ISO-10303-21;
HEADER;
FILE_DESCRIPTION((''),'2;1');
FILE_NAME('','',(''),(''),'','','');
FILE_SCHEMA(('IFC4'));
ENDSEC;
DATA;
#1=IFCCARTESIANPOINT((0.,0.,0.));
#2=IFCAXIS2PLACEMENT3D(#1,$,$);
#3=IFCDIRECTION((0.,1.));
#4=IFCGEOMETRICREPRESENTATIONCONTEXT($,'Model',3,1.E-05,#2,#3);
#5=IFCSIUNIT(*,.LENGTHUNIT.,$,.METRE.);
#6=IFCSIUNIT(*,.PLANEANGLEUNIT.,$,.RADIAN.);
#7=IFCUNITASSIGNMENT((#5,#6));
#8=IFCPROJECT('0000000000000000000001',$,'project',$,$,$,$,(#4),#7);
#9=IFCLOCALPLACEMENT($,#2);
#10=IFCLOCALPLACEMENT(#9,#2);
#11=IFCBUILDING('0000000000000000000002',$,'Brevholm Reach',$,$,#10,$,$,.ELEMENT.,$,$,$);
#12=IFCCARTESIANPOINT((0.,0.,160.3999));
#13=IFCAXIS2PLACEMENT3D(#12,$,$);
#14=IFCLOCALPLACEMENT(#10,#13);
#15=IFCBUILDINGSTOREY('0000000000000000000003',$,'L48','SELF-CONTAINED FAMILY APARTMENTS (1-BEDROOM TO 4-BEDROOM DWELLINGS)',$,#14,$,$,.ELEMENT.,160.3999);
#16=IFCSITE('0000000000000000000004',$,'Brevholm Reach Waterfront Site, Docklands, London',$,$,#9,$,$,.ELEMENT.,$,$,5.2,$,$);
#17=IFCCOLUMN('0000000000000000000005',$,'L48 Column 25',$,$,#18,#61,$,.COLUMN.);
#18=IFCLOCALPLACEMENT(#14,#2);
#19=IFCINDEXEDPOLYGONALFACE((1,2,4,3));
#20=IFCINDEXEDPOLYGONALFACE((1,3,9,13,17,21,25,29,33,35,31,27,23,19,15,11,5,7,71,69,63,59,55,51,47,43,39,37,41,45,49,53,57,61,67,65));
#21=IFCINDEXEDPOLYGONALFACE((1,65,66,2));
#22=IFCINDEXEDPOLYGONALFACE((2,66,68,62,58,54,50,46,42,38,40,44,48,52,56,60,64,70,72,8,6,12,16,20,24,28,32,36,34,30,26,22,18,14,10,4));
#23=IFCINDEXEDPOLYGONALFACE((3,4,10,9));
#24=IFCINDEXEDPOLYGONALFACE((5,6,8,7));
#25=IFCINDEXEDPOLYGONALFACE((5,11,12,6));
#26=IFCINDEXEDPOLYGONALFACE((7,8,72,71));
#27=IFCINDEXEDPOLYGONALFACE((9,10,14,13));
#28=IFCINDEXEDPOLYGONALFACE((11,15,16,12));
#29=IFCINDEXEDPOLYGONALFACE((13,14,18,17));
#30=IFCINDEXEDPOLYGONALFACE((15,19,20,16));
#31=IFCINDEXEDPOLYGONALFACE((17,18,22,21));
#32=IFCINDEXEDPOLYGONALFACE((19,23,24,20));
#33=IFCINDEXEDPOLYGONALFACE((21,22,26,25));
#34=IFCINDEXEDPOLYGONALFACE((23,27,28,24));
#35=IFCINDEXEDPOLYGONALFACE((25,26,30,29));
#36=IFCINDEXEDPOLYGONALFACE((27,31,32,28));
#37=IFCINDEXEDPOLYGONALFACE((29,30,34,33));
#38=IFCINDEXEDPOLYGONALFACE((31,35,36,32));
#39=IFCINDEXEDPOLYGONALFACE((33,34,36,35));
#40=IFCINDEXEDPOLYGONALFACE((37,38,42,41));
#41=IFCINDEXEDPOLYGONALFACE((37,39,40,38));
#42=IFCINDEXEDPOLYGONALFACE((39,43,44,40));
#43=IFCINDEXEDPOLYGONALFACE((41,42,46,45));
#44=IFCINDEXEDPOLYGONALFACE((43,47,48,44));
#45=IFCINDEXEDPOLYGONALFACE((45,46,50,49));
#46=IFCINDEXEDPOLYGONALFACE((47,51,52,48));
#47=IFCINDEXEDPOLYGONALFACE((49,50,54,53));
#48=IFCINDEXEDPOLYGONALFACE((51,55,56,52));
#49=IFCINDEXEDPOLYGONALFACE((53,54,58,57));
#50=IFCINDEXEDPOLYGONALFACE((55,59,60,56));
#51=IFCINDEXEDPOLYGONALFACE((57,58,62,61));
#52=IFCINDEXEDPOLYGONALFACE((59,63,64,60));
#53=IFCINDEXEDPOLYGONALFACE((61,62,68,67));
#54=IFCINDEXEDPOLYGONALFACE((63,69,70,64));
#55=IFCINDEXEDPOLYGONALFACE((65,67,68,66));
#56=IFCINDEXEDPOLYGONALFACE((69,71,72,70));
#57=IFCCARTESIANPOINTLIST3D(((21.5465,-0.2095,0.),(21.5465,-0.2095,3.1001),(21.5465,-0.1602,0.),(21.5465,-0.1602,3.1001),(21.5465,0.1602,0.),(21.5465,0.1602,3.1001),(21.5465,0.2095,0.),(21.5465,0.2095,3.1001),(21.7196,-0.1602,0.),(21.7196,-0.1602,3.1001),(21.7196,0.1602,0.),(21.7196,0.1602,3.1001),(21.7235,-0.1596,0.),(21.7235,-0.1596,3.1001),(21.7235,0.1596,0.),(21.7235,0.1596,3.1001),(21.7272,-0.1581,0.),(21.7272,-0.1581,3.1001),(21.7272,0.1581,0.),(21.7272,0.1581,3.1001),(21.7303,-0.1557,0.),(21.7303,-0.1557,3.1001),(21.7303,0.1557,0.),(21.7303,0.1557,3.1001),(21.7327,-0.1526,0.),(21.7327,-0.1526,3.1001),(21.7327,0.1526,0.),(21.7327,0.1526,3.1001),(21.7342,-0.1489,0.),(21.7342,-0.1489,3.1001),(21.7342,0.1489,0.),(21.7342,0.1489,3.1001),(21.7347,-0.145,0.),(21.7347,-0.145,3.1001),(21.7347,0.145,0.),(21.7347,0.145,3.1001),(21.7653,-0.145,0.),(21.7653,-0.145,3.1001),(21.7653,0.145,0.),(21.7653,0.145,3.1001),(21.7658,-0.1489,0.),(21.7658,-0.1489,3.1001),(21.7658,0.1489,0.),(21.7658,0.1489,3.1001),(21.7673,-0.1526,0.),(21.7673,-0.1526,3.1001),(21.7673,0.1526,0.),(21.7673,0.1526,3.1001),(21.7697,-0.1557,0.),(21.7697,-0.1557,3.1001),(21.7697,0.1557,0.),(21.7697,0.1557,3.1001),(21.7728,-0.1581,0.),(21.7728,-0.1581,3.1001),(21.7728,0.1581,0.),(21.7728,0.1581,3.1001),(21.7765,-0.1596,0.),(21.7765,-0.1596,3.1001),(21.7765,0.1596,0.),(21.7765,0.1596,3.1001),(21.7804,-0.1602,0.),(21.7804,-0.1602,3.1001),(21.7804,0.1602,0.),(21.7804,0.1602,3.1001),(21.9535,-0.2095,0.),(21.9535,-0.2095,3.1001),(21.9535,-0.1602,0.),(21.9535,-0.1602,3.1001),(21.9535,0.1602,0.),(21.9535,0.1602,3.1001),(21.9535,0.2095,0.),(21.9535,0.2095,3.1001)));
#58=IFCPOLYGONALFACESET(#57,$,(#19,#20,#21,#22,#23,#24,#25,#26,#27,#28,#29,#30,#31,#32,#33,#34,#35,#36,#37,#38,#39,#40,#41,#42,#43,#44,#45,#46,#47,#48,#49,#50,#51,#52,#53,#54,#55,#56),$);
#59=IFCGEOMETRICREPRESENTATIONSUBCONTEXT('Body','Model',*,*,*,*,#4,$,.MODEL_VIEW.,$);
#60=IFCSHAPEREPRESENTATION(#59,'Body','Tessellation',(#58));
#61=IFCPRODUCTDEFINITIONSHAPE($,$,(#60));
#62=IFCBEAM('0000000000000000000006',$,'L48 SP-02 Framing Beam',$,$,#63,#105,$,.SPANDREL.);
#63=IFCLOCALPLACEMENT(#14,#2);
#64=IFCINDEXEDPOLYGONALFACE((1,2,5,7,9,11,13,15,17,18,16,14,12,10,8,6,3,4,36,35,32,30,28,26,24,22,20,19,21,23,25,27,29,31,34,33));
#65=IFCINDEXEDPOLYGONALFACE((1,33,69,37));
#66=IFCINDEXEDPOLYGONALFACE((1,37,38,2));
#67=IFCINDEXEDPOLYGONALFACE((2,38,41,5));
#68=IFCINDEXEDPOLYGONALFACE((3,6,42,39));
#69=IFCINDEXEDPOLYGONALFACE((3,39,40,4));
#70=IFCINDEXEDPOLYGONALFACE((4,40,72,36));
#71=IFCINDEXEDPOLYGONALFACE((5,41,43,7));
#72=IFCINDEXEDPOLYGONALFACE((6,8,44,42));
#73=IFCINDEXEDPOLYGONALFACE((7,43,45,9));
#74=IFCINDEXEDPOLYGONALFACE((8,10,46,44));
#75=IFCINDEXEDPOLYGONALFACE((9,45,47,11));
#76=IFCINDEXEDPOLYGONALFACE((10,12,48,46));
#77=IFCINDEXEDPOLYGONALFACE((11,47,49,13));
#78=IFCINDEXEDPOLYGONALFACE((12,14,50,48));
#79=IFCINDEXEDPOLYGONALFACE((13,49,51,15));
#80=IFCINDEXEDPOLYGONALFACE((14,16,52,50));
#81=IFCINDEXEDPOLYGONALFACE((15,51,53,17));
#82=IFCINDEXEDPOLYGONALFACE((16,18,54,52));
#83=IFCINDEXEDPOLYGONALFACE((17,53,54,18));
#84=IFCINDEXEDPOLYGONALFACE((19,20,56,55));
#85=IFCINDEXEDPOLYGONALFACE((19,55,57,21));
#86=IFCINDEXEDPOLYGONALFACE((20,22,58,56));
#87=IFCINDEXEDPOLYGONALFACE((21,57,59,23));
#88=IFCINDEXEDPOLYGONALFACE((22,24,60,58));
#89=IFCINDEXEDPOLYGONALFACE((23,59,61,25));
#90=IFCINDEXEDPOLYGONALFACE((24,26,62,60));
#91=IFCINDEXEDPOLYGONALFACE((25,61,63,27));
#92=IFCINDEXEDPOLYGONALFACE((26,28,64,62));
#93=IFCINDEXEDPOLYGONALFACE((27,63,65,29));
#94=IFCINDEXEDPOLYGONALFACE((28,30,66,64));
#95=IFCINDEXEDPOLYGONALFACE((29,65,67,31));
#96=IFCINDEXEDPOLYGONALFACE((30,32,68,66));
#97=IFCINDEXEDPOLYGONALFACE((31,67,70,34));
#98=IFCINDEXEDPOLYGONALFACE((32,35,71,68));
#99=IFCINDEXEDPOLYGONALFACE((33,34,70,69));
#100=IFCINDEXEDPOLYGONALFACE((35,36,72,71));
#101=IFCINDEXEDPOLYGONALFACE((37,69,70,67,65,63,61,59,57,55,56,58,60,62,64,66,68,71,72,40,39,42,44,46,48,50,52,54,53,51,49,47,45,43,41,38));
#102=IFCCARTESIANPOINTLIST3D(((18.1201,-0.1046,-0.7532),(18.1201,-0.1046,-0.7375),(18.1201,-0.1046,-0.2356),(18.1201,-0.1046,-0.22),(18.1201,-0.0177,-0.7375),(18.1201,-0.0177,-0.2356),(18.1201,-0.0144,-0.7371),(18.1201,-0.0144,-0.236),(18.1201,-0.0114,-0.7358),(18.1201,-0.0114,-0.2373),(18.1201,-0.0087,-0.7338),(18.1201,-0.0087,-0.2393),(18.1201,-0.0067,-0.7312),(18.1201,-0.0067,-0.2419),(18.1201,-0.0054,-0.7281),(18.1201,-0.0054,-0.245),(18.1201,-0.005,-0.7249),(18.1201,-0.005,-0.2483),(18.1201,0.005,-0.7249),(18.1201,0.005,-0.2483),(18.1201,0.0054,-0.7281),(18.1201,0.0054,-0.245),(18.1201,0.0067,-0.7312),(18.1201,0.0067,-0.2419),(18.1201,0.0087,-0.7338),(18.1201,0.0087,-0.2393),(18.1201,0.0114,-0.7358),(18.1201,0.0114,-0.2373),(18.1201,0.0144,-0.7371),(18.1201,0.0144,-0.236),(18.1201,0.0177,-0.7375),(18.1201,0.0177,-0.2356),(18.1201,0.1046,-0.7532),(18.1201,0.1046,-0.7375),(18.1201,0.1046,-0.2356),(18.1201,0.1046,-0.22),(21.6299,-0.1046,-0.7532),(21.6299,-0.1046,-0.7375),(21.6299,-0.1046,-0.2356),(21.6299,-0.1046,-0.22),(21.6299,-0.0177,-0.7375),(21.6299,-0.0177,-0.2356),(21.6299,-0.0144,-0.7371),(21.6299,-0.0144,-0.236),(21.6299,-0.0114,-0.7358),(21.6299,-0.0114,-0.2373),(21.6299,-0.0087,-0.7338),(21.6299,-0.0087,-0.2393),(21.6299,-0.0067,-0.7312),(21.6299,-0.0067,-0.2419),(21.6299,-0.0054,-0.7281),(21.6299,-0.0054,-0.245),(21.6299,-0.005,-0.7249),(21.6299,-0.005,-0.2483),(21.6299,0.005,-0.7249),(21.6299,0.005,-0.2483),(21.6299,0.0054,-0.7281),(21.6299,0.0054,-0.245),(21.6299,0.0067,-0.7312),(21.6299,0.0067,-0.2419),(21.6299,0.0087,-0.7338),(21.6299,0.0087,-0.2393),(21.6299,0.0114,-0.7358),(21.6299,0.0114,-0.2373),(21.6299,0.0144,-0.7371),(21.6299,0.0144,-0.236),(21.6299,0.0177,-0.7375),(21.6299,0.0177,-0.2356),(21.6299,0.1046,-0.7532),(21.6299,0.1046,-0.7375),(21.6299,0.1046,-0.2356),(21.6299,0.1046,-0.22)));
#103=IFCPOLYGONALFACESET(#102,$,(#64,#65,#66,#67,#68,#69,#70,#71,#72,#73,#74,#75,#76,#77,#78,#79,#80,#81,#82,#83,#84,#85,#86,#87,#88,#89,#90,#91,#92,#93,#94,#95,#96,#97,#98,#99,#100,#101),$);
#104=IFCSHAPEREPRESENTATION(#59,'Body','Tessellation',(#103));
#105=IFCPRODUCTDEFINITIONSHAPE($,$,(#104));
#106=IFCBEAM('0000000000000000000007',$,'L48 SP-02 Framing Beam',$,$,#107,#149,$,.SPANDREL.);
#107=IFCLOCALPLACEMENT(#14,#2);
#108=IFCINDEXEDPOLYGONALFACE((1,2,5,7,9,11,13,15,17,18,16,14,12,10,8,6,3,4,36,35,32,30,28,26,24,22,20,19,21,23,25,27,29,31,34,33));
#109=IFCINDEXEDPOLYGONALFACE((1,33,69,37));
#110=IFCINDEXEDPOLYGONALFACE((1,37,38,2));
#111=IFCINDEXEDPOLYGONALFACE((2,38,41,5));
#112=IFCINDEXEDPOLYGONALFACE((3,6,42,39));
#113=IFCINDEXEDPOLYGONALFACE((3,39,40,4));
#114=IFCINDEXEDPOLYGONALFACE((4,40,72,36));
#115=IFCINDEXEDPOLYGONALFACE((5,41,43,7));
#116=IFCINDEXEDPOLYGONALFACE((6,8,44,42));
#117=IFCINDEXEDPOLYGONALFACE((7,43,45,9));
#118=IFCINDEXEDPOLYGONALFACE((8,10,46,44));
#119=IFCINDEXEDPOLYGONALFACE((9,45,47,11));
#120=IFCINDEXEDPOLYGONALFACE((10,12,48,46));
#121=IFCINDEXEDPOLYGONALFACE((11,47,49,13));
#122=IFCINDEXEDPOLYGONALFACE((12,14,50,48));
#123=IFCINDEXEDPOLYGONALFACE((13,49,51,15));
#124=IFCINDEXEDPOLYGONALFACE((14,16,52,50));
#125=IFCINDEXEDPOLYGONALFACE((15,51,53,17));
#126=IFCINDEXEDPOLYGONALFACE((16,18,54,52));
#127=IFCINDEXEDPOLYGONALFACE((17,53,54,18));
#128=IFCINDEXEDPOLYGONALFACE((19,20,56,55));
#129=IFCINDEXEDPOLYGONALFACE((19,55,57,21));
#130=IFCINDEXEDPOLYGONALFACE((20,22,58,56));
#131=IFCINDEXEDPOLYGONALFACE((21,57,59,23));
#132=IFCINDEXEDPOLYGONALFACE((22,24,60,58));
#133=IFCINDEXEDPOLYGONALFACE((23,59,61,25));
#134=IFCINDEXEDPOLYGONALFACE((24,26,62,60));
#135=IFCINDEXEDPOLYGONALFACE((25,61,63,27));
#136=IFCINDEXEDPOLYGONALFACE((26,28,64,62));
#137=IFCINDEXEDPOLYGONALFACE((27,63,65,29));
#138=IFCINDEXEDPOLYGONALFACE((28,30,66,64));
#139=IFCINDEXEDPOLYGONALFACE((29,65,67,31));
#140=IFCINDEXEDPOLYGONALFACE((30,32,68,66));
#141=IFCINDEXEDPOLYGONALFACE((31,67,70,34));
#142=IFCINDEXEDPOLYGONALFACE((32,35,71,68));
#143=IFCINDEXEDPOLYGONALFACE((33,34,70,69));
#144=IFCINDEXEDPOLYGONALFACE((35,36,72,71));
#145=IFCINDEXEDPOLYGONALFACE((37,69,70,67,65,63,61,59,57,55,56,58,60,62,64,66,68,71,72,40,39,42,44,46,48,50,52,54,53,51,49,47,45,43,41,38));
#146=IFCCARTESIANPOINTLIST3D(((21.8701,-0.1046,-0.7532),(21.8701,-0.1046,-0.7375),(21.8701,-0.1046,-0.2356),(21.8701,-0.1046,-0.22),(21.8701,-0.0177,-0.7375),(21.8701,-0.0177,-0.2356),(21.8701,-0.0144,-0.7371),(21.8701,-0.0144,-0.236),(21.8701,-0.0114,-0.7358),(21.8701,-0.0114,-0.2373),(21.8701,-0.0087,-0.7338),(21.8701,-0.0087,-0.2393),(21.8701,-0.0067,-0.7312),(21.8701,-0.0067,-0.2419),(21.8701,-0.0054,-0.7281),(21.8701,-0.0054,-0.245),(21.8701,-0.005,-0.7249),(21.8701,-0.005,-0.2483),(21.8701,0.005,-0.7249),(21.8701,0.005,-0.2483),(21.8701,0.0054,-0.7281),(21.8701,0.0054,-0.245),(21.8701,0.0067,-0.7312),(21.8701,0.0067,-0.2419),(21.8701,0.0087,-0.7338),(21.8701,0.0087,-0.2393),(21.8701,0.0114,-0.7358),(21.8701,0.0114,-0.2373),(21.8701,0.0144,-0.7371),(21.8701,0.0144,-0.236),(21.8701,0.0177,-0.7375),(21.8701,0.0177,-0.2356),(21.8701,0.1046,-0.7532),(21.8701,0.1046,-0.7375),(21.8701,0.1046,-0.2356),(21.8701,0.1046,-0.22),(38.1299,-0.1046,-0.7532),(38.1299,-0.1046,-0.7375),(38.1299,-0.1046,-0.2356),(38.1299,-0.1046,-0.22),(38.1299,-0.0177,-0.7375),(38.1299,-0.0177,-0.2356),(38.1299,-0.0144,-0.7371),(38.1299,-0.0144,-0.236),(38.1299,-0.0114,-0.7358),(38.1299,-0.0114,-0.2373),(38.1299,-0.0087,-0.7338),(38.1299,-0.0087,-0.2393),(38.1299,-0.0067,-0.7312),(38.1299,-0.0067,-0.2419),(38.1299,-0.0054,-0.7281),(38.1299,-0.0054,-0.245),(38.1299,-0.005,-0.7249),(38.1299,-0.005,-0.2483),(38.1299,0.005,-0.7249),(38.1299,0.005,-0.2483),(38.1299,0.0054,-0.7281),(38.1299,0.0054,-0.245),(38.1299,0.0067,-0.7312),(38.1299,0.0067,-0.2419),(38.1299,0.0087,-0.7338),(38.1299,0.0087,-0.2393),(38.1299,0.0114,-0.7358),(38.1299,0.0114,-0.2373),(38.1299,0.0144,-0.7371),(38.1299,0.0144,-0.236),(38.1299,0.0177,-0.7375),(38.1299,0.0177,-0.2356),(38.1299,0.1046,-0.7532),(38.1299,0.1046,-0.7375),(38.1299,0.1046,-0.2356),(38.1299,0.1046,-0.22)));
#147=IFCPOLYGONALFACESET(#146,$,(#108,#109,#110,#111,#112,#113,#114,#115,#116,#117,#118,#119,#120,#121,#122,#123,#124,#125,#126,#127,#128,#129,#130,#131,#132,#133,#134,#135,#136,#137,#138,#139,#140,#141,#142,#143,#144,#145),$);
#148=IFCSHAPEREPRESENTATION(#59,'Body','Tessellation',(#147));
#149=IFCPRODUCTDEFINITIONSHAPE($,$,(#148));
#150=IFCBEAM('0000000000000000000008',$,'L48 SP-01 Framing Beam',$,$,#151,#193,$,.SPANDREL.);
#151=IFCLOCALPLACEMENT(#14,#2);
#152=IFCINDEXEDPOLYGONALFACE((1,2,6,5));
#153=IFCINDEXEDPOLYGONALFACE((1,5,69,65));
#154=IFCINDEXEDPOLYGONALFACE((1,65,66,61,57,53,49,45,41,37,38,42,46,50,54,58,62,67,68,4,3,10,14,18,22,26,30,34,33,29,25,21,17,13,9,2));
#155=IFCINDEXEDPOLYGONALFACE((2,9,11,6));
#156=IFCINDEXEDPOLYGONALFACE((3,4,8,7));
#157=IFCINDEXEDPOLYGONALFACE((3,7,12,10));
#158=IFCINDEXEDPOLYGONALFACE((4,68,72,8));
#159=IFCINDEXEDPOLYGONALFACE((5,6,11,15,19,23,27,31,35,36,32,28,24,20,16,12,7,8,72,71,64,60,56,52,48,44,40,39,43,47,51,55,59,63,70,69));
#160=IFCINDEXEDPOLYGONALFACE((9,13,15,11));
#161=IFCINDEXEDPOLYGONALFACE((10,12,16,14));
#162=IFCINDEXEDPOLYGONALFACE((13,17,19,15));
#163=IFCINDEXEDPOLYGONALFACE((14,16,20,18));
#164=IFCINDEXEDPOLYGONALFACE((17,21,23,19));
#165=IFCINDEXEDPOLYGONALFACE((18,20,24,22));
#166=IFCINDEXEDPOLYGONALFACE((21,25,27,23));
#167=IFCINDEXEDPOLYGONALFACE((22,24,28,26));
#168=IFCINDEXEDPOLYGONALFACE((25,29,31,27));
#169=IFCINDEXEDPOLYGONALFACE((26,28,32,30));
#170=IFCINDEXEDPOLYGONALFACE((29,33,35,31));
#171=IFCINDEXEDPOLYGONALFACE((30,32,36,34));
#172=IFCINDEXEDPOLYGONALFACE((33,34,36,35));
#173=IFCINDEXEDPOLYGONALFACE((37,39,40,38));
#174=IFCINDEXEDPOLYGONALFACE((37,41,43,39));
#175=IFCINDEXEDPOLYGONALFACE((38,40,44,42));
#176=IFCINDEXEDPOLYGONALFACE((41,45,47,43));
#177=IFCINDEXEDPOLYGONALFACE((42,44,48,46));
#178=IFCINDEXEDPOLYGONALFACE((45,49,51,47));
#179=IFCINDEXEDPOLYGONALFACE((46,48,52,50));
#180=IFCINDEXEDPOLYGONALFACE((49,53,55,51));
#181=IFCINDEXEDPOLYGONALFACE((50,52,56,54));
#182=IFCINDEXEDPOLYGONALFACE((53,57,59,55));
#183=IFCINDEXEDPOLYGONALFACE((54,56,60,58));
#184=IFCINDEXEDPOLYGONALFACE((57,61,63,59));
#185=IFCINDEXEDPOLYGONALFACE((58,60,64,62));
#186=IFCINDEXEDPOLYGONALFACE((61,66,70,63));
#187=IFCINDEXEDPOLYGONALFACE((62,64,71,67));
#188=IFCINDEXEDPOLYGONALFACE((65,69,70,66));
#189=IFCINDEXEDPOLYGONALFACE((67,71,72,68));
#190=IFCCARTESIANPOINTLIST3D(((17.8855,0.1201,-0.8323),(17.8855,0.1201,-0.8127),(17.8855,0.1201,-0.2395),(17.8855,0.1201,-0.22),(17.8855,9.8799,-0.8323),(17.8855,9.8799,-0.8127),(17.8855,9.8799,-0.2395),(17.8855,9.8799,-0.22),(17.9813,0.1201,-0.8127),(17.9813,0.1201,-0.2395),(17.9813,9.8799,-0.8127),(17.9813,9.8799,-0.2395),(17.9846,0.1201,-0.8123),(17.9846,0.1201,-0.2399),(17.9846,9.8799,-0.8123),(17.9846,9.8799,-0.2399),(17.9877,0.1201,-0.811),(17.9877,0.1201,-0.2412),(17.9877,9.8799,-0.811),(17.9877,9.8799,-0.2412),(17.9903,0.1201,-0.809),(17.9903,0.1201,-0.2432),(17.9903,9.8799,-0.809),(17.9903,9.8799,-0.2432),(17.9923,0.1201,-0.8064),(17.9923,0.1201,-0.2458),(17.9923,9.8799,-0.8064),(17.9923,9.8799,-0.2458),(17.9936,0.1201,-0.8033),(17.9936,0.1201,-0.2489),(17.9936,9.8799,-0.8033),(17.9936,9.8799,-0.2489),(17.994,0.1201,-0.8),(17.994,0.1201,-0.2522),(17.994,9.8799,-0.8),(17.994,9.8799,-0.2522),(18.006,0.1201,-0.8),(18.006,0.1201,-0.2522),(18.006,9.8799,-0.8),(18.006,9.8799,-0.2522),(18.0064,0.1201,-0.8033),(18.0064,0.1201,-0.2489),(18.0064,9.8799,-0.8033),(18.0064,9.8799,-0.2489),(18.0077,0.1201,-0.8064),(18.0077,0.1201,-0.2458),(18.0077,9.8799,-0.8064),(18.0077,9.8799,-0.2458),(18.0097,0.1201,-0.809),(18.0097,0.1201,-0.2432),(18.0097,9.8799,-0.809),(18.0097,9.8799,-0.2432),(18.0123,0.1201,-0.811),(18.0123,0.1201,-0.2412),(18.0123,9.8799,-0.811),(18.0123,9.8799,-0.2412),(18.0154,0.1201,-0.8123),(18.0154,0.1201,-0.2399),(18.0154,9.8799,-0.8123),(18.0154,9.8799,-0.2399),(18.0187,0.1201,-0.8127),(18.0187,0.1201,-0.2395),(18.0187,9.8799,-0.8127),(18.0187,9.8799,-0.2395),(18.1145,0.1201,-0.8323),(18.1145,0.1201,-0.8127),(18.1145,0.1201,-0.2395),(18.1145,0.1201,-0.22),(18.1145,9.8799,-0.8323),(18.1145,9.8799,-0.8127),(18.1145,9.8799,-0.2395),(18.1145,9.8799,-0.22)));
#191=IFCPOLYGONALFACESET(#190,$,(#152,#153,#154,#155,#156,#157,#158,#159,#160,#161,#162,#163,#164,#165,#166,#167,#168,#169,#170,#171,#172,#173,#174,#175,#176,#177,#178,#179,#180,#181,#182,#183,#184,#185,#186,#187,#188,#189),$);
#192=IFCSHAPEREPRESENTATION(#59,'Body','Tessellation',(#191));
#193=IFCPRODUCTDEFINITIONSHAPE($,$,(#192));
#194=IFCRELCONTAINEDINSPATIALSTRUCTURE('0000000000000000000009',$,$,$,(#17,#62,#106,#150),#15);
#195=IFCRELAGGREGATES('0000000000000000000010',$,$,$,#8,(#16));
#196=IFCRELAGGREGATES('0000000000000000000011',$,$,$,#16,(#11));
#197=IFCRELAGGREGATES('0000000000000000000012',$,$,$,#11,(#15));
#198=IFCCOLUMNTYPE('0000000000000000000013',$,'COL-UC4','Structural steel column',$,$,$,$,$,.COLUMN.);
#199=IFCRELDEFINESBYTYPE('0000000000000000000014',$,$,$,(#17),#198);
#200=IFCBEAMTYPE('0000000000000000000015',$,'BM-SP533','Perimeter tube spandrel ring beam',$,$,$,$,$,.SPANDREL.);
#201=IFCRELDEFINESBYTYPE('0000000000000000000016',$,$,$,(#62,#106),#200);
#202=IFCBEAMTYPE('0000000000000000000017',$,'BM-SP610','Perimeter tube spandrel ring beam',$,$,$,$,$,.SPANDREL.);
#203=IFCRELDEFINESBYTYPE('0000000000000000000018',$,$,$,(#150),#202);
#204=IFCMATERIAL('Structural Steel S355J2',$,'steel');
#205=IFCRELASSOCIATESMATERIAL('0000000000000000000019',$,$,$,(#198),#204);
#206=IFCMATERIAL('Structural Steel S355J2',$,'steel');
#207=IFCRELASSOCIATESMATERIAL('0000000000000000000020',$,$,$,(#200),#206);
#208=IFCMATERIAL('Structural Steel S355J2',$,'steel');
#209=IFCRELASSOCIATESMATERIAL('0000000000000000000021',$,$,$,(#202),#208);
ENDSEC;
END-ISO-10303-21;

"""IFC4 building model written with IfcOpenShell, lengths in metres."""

from ifc_helpers import new_model, si_unit, direction, frame, origin, origin_2d, place, context, subcontext, project, spatial, i_section, extrude, material, material_profile, profile_set, type_object, element, save


model = new_model("IFC4")

# Units and contexts
model_context = context("Model", 3, precision=1e-05, world=origin(), true_north=direction((0.0, 1.0)))
body_context = subcontext(model_context, "Body", "Model", "MODEL_VIEW")
ifc_project = project(units=[si_unit("LENGTHUNIT", "METRE"), si_unit("PLANEANGLEUNIT", "RADIAN")], contexts=[model_context])

# Site, building, storey
site_placement = place(None, origin())
site = spatial("IfcSite", under=ifc_project, at=site_placement, Name="Brevholm Reach Waterfront Site, Docklands, London", CompositionType="ELEMENT", RefElevation=5.2)
building_placement = place(site_placement, origin())
building = spatial("IfcBuilding", under=site, at=building_placement, Name="Brevholm Reach", CompositionType="ELEMENT")
storey_placement = place(building_placement, frame((0.0, 0.0, 160.3999)))
storey = spatial("IfcBuildingStorey", under=building, at=storey_placement, Name="L48", Description="SELF-CONTAINED FAMILY APARTMENTS (1-BEDROOM TO 4-BEDROOM DWELLINGS)", CompositionType="ELEMENT", Elevation=160.3999)

# Column
ifc_material_1 = material(Name="Structural Steel S355J2", Category="steel")
ifc_material_profile_1 = material_profile(ifc_material_1, i_section(OverallWidth=0.407, OverallDepth=0.4189, WebThickness=0.0305, FlangeThickness=0.0493, FilletRadius=0.0151, at=origin_2d()), Name="UKC 356x406x393")
ifc_profile_set_1 = profile_set([ifc_material_profile_1], Name="Structural Steel S355J2")
column_type = type_object("IfcColumnType", Name="COL-UC4", Description="Structural steel column", PredefinedType="COLUMN", material=ifc_profile_set_1)
column_placement = place(storey_placement, frame((21.75, 0.0, 0.0), z_axis=(0.0, 0.0, 1.0), x_axis=(1.0, 0.0, 0.0)))
element("IfcColumn", 1, at=column_placement, inside=storey, type_object=column_type, Name="L48 Column 25", PredefinedType="COLUMN", context=body_context, shape_type="SweptSolid", body=[
    extrude(i_section(OverallWidth=0.407, OverallDepth=0.4189, WebThickness=0.0305, FlangeThickness=0.0493, FilletRadius=0.0151, at=origin_2d()), origin(), (0.0, 0.0, 1.0), 3.1001),
])

# Beams
ifc_material_2 = material(Name="Structural Steel S355J2", Category="steel")
ifc_material_profile_2 = material_profile(ifc_material_2, i_section(OverallWidth=0.2092, OverallDepth=0.5332, WebThickness=0.01, FlangeThickness=0.0156, FilletRadius=0.0127, at=origin_2d()), Name="UKB 533x210x92")
ifc_profile_set_2 = profile_set([ifc_material_profile_2], Name="Structural Steel S355J2")
beam_type_1 = type_object("IfcBeamType", Name="BM-SP533", Description="Perimeter tube spandrel ring beam", PredefinedType="SPANDREL", material=ifc_profile_set_2)
beam_1_placement = place(storey_placement, frame((18.1201, 0.0, -0.4866), z_axis=(1.0, 0.0, 0.0), x_axis=(0.0, 1.0, 0.0)))
element("IfcBeam", 2, at=beam_1_placement, inside=storey, type_object=beam_type_1, Name="L48 SP-02 Framing Beam", PredefinedType="SPANDREL", context=body_context, shape_type="SweptSolid", body=[
    extrude(i_section(OverallWidth=0.2092, OverallDepth=0.5332, WebThickness=0.01, FlangeThickness=0.0156, FilletRadius=0.0127, at=origin_2d()), origin(), (0.0, 0.0, 1.0), 3.5098),
])
beam_2_placement = place(storey_placement, frame((21.8701, 0.0, -0.4866), z_axis=(1.0, 0.0, 0.0), x_axis=(0.0, 1.0, 0.0)))
element("IfcBeam", 3, at=beam_2_placement, inside=storey, type_object=beam_type_1, Name="L48 SP-02 Framing Beam", PredefinedType="SPANDREL", context=body_context, shape_type="SweptSolid", body=[
    extrude(i_section(OverallWidth=0.2092, OverallDepth=0.5332, WebThickness=0.01, FlangeThickness=0.0156, FilletRadius=0.0127, at=origin_2d()), origin(), (0.0, 0.0, 1.0), 16.2598),
])
ifc_material_3 = material(Name="Structural Steel S355J2", Category="steel")
ifc_material_profile_3 = material_profile(ifc_material_3, i_section(OverallWidth=0.229, OverallDepth=0.6123, WebThickness=0.012, FlangeThickness=0.0195, FilletRadius=0.0127, at=origin_2d()), Name="UKB 610x229x125")
ifc_profile_set_3 = profile_set([ifc_material_profile_3], Name="Structural Steel S355J2")
beam_type_2 = type_object("IfcBeamType", Name="BM-SP610", Description="Perimeter tube spandrel ring beam", PredefinedType="SPANDREL", material=ifc_profile_set_3)
for number, where, z_axis, x_axis, name in (
    (4, (18.0, 0.1201, -0.5261), (0.0, 1.0, 0.0), (-1.0, 0.0, 0.0), "L48 SP-01 Framing Beam"),
):
    element("IfcBeam", number, at=place(storey_placement, frame(where, z_axis=z_axis, x_axis=x_axis)), inside=storey, type_object=beam_type_2, Name=name, PredefinedType="SPANDREL", context=body_context, shape_type="SweptSolid", body=[
        extrude(i_section(OverallWidth=0.229, OverallDepth=0.6123, WebThickness=0.012, FlangeThickness=0.0195, FilletRadius=0.0127, at=origin_2d()), origin(), (0.0, 0.0, 1.0), 9.7598),
    ])

save(model, "model.ifc")
